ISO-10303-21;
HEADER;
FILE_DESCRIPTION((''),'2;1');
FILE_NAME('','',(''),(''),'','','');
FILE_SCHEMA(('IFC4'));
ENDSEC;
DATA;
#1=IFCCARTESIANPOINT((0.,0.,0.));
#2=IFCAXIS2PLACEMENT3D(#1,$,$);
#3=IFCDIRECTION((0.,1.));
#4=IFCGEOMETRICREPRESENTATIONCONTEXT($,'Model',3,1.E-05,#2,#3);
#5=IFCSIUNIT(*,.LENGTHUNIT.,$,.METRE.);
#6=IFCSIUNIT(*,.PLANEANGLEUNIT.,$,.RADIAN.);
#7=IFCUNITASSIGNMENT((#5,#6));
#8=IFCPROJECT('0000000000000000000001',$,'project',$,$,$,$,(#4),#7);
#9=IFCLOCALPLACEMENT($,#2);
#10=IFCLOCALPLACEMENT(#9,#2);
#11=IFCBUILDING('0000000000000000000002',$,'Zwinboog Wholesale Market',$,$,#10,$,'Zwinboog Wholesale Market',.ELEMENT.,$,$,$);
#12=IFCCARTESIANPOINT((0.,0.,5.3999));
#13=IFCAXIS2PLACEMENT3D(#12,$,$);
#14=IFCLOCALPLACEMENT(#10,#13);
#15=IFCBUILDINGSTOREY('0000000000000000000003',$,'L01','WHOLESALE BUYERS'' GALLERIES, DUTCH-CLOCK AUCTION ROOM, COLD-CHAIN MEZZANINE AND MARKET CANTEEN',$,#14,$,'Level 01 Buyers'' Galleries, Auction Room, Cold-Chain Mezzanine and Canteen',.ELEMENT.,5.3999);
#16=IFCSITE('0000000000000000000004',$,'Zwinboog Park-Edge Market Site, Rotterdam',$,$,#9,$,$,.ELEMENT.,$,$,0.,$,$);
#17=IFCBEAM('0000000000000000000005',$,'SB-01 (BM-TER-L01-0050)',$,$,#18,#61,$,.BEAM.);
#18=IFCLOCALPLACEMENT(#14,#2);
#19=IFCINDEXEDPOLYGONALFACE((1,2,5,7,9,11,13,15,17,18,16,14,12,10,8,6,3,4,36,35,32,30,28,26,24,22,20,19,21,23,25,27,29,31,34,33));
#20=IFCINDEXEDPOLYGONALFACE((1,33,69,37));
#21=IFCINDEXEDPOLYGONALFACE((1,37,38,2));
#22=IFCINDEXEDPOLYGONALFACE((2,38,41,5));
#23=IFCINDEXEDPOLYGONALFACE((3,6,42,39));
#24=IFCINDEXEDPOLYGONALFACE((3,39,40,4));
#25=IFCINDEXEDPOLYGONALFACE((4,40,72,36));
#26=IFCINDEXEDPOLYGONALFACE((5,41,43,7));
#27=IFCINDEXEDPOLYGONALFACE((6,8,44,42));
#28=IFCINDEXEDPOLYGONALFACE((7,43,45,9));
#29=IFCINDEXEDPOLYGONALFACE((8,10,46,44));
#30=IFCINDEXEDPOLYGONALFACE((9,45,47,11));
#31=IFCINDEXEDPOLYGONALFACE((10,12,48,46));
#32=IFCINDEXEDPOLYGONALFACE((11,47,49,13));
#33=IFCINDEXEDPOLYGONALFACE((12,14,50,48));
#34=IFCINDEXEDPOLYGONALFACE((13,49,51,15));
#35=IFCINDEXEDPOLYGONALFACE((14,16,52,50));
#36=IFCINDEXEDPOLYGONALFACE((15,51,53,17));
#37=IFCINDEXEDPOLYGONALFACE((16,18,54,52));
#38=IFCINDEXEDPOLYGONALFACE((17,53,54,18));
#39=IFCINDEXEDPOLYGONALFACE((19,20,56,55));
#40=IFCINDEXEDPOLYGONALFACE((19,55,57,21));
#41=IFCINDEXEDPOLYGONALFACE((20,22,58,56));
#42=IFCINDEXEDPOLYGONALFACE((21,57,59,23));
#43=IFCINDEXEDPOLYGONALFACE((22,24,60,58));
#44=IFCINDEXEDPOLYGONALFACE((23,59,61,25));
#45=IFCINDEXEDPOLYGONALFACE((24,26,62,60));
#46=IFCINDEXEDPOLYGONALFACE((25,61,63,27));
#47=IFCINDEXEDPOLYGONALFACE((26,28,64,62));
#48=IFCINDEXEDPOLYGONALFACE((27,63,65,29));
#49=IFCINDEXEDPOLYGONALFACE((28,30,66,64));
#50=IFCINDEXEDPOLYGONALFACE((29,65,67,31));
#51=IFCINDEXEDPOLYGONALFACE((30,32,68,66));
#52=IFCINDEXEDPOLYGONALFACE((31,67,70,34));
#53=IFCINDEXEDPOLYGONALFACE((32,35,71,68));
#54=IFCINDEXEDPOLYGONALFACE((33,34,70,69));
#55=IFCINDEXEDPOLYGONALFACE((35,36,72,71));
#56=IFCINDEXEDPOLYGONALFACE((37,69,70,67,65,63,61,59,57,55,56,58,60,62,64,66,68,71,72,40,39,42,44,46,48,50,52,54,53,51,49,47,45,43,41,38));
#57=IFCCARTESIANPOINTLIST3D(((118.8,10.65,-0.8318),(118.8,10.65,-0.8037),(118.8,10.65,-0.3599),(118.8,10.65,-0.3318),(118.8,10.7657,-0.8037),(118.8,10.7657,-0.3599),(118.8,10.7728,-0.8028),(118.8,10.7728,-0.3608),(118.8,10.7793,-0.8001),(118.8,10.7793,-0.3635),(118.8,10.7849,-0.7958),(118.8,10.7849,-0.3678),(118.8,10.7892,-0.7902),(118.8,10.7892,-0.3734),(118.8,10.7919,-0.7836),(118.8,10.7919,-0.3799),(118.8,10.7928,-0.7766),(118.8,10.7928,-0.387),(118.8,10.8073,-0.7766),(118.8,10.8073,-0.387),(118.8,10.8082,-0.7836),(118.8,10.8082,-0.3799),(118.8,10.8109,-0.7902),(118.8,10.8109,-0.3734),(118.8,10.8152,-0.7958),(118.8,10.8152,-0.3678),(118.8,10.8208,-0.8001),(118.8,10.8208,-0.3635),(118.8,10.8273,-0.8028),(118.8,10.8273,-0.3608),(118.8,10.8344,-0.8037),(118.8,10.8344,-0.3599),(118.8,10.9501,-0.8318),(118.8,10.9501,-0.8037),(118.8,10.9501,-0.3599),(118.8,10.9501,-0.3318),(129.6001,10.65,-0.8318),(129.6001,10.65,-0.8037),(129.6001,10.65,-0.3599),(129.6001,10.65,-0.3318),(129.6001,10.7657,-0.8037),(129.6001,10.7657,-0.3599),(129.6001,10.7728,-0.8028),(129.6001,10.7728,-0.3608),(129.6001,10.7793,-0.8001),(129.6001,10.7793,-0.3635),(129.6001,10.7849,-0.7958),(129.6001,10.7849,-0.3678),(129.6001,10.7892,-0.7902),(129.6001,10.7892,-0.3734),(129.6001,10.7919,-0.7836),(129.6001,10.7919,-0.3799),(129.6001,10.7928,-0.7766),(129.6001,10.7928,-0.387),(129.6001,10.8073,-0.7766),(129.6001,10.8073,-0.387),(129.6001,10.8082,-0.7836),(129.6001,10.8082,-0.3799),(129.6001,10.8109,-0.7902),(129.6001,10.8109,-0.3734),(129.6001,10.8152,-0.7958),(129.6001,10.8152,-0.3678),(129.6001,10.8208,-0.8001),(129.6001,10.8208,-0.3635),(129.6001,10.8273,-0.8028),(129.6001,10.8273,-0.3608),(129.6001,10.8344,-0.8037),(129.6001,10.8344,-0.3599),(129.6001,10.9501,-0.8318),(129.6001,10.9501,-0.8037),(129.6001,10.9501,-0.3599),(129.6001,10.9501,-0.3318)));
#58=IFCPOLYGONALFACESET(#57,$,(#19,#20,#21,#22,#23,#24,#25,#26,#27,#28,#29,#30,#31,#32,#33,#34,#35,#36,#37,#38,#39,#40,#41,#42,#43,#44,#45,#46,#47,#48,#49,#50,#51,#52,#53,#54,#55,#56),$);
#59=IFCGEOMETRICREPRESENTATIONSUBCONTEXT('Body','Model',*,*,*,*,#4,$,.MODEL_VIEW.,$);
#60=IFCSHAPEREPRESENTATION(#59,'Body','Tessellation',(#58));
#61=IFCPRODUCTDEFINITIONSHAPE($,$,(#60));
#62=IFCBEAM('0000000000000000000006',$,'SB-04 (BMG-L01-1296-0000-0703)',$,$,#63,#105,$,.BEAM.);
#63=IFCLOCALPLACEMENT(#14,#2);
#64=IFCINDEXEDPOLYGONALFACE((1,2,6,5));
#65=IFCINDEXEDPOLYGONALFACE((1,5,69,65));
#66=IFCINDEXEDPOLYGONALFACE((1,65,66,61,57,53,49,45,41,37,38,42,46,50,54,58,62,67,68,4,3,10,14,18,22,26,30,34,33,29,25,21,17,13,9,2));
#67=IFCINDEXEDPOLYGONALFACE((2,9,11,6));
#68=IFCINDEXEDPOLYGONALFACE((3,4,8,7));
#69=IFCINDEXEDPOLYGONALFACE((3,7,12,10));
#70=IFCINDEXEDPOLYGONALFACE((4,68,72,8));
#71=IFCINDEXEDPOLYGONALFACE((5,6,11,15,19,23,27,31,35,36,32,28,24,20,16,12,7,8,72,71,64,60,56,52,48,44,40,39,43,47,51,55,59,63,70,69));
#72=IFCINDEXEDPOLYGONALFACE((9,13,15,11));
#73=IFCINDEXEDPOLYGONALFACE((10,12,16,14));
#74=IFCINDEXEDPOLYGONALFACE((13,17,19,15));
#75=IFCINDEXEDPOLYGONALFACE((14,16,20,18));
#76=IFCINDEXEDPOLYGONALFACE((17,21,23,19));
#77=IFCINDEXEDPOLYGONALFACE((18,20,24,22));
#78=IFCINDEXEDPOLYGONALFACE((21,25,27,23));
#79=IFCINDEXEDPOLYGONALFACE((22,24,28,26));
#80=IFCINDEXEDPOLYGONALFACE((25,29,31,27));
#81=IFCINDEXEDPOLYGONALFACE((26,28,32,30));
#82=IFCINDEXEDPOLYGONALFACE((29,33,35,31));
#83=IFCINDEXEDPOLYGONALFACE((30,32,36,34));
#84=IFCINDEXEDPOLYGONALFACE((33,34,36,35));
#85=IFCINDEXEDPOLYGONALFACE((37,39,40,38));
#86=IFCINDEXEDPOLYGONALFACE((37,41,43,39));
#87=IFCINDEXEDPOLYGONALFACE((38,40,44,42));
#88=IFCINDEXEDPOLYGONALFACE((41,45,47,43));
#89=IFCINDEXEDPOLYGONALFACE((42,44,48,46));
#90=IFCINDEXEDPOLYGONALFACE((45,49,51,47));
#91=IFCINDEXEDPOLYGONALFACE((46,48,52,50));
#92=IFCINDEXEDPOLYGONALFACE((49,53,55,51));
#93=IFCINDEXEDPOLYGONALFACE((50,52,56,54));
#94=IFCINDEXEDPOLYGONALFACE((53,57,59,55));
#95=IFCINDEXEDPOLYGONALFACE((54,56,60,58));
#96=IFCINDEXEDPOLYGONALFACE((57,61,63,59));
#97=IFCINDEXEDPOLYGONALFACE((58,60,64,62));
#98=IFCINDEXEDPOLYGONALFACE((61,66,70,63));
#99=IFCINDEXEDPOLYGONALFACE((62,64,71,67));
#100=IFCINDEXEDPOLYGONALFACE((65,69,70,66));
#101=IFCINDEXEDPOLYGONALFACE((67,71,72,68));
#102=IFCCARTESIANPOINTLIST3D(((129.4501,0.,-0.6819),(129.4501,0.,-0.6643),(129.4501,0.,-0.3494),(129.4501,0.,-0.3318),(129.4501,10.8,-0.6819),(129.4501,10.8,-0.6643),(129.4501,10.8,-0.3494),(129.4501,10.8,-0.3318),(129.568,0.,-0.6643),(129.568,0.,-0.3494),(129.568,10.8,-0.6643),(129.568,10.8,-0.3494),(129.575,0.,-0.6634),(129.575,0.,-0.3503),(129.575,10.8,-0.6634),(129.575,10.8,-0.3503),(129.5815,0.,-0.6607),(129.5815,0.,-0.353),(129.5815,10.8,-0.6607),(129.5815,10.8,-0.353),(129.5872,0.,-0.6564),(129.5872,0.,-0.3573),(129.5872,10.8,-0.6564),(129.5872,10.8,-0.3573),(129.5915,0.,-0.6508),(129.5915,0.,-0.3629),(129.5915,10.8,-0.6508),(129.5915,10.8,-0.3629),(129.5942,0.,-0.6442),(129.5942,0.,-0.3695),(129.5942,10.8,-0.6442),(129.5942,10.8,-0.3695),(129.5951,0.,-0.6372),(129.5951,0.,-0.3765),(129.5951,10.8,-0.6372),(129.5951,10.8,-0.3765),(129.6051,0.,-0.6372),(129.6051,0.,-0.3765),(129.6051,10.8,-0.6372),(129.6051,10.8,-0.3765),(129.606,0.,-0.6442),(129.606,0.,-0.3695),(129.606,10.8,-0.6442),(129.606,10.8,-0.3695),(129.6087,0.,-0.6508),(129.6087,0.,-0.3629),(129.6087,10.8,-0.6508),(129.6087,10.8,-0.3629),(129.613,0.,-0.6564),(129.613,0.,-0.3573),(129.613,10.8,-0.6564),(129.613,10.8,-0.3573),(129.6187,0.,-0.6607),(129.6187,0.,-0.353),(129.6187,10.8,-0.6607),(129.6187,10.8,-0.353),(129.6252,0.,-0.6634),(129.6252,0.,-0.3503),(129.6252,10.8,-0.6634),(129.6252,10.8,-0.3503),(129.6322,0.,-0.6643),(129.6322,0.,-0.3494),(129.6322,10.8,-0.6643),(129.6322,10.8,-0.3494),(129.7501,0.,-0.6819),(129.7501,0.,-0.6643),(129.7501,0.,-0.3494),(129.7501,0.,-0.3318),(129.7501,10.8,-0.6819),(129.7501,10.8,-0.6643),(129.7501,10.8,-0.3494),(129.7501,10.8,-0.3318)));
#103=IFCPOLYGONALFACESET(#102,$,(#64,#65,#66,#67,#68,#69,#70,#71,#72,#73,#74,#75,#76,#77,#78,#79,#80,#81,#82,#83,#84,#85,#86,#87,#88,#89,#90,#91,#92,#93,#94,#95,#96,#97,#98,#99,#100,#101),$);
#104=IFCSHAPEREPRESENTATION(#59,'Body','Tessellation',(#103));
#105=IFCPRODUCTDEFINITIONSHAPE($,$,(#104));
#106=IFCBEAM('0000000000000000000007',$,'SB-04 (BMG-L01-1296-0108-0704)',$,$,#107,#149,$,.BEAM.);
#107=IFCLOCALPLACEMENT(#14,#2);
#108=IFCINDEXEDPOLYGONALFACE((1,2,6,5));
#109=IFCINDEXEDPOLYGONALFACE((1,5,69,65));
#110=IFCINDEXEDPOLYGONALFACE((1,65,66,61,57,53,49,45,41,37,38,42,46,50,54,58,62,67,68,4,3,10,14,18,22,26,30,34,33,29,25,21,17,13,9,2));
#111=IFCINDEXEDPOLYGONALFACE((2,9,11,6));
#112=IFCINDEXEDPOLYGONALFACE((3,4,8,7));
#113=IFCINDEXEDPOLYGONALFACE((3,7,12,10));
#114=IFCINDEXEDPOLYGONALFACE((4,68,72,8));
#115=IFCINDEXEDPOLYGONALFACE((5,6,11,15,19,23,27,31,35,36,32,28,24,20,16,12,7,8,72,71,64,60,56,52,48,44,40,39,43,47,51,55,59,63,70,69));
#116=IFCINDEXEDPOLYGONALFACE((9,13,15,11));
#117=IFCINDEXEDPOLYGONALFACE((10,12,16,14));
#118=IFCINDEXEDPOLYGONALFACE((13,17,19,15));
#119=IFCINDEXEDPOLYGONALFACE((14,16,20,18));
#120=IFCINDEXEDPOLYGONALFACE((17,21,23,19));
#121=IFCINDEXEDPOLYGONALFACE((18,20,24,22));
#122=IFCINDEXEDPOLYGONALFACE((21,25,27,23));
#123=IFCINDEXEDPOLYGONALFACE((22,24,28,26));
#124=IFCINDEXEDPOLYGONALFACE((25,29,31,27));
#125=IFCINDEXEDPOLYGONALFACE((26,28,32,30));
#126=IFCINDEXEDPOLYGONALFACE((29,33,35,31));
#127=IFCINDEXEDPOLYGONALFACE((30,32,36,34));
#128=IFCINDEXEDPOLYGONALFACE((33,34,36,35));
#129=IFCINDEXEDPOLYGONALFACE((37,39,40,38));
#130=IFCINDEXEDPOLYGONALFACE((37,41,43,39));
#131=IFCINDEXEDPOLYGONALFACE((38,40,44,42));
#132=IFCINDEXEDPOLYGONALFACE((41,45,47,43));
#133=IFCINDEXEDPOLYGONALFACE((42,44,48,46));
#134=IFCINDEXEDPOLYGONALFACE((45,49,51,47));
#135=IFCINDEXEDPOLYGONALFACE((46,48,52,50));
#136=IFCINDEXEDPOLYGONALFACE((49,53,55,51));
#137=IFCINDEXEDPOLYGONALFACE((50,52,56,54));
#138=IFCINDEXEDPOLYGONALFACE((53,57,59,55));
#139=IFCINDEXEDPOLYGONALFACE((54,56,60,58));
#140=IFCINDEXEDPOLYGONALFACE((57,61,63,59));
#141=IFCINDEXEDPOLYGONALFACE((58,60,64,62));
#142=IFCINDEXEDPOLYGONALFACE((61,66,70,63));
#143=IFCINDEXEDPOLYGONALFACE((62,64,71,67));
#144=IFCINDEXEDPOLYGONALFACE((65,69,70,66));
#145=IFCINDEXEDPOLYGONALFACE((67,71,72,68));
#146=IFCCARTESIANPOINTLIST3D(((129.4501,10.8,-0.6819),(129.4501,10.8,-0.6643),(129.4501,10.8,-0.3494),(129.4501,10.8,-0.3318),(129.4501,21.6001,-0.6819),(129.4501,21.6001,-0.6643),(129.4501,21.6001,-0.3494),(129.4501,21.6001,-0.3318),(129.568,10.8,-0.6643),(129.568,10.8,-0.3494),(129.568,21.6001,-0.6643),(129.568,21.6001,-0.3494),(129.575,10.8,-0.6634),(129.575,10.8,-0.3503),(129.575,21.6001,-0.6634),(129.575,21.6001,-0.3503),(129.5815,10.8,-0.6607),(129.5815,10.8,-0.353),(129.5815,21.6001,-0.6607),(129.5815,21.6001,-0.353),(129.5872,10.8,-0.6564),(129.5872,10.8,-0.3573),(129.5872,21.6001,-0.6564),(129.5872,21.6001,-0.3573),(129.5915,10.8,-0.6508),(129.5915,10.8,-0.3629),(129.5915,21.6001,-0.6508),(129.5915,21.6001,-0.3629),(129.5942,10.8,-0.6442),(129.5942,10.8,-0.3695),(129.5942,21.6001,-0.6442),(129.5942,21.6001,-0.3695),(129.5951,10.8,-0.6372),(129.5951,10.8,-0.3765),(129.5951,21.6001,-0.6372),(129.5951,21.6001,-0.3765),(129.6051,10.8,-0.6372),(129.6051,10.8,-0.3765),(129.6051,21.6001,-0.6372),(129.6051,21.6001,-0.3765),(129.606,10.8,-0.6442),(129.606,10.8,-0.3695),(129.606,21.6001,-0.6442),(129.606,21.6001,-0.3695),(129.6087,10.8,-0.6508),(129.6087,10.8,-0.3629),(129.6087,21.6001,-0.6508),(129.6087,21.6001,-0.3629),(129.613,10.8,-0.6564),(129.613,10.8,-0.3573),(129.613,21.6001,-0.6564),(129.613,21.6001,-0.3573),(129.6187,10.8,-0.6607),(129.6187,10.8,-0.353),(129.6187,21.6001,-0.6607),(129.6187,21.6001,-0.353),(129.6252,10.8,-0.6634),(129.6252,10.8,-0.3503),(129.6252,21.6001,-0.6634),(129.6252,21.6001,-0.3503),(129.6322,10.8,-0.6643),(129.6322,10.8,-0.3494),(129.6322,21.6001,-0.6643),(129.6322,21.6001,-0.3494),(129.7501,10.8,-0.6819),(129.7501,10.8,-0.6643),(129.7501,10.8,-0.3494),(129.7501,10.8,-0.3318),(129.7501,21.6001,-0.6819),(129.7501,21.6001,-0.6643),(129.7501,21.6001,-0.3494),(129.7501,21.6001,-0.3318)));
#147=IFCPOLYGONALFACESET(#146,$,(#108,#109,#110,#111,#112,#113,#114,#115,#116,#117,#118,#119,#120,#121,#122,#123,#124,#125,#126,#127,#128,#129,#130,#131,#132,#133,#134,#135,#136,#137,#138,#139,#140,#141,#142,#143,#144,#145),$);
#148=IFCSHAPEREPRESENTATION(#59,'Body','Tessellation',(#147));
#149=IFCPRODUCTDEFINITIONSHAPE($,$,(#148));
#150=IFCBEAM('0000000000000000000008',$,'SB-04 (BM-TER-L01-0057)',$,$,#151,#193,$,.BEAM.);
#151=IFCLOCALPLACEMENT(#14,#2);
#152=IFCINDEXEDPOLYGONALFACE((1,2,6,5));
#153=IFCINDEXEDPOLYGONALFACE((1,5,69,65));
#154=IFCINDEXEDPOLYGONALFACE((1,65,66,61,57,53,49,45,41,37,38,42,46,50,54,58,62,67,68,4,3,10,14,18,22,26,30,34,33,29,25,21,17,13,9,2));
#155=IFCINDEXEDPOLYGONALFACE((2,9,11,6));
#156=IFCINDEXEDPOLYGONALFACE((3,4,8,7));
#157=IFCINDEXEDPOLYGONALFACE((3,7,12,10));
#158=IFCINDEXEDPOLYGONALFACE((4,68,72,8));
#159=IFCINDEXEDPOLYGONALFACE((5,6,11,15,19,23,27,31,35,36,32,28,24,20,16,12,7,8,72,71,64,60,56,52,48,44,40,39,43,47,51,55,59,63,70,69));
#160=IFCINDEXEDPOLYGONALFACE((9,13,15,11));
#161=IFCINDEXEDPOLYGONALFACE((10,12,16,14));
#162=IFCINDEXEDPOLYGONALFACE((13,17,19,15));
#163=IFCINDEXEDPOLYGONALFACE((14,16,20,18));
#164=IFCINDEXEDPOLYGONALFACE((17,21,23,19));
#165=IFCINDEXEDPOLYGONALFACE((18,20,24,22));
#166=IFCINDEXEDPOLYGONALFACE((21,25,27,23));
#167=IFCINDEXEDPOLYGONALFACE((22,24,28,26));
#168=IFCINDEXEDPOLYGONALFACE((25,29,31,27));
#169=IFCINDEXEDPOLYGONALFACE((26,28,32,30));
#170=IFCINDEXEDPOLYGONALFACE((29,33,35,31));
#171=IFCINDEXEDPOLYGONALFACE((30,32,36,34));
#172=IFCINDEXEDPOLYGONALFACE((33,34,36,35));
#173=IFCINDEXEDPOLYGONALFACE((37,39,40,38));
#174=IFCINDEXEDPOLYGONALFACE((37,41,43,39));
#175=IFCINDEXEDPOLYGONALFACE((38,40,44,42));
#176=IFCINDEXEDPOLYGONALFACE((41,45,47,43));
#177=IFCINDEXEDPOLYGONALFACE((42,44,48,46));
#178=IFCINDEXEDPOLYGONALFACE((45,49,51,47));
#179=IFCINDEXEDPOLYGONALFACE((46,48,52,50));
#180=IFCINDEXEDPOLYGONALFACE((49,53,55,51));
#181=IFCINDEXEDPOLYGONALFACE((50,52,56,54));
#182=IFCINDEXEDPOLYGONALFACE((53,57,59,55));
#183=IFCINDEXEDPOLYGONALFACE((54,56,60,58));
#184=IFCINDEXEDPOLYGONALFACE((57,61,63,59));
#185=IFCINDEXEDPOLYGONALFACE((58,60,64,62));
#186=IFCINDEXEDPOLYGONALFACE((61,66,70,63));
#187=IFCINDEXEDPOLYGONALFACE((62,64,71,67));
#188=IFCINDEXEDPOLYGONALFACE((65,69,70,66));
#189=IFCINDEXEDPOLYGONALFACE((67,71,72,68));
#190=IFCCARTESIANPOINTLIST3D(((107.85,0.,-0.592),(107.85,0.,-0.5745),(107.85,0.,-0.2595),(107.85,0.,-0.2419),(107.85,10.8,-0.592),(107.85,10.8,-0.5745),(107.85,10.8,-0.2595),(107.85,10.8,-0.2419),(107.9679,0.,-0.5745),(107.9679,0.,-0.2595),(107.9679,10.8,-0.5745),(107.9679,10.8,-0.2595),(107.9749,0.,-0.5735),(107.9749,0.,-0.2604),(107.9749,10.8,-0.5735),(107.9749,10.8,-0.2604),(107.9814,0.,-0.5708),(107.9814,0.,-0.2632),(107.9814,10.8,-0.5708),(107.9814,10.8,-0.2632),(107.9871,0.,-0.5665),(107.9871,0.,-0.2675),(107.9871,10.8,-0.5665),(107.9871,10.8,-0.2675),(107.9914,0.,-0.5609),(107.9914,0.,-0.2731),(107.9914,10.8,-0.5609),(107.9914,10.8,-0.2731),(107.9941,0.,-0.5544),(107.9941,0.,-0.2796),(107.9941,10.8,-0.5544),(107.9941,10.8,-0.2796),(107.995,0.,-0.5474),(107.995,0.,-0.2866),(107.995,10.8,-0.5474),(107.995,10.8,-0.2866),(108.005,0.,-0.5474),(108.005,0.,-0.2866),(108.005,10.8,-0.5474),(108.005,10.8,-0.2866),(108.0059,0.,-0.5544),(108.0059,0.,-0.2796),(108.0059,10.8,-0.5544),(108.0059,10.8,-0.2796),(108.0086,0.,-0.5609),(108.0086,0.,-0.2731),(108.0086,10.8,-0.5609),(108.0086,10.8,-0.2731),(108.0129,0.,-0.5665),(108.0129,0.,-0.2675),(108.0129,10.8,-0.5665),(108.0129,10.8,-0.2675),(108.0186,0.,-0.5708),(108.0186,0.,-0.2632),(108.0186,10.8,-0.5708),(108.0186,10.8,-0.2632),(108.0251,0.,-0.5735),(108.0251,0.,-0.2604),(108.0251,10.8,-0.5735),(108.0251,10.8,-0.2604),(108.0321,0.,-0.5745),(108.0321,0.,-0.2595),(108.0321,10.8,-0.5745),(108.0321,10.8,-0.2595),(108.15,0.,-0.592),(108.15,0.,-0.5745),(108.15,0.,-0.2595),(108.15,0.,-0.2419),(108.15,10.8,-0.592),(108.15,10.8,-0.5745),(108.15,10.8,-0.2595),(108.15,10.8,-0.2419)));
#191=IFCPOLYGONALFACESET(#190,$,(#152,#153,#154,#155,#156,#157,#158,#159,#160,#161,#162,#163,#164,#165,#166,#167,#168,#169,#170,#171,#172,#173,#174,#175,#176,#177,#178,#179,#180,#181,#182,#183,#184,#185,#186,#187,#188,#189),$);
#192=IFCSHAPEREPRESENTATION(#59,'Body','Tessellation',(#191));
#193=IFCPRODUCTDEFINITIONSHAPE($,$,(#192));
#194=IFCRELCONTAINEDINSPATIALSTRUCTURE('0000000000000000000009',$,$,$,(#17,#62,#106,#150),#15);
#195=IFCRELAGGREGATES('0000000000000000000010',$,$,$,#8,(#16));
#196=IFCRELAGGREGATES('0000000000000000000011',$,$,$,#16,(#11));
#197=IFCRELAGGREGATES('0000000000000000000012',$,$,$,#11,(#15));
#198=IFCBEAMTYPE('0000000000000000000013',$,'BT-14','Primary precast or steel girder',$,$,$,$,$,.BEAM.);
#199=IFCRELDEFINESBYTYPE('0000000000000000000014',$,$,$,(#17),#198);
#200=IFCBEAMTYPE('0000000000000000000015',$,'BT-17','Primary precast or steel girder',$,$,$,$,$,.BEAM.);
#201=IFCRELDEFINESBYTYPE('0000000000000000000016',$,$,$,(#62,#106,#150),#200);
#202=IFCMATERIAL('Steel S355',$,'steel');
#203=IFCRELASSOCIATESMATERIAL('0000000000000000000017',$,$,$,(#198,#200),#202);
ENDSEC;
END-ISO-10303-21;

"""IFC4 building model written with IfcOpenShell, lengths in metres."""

from ifc_helpers import new_model, si_unit, direction, frame, origin, origin_2d, place, context, subcontext, project, spatial, i_section, extrude, material, material_profile, profile_set, type_object, element, save


model = new_model("IFC4")

# Units and contexts
model_context = context("Model", 3, precision=1e-05, world=origin(), true_north=direction((0.0, 1.0)))
body_context = subcontext(model_context, "Body", "Model", "MODEL_VIEW")
ifc_project = project(units=[si_unit("LENGTHUNIT", "METRE"), si_unit("PLANEANGLEUNIT", "RADIAN")], contexts=[model_context])

# Site, building, storey
site_placement = place(None, origin())
site = spatial("IfcSite", under=ifc_project, at=site_placement, Name="Zwinboog Park-Edge Market Site, Rotterdam", CompositionType="ELEMENT", RefElevation=0.0)
building_placement = place(site_placement, origin())
building = spatial("IfcBuilding", under=site, at=building_placement, Name="Zwinboog Wholesale Market", LongName="Zwinboog Wholesale Market", CompositionType="ELEMENT")
storey_placement = place(building_placement, frame((0.0, 0.0, 5.3999)))
storey = spatial("IfcBuildingStorey", under=building, at=storey_placement, Name="L01", Description="WHOLESALE BUYERS' GALLERIES, DUTCH-CLOCK AUCTION ROOM, COLD-CHAIN MEZZANINE AND MARKET CANTEEN", LongName="Level 01 Buyers' Galleries, Auction Room, Cold-Chain Mezzanine and Canteen", CompositionType="ELEMENT", Elevation=5.3999)

# Beams
ifc_material_1 = material(Name="Steel S355", Category="steel")
ifc_material_profile_1 = material_profile(ifc_material_1, i_section(OverallWidth=0.3, OverallDepth=0.5, WebThickness=0.0144, FlangeThickness=0.0281, FilletRadius=0.0271, at=origin_2d()), Name="HEB 500")
ifc_profile_set_1 = profile_set([ifc_material_profile_1], Name="Steel S355")
beam_type_1 = type_object("IfcBeamType", Name="BT-14", Description="Primary precast or steel girder", PredefinedType="BEAM", material=ifc_profile_set_1)
for number, where, z_axis, x_axis, name in (
    (1, (118.8, 10.8, -0.5818), (1.0, 0.0, 0.0), (0.0, 1.0, 0.0), "SB-01 (BM-TER-L01-0050)"),
):
    element("IfcBeam", number, at=place(storey_placement, frame(where, z_axis=z_axis, x_axis=x_axis)), inside=storey, type_object=beam_type_1, Name=name, PredefinedType="BEAM", context=body_context, shape_type="SweptSolid", body=[
        extrude(i_section(OverallWidth=0.3, OverallDepth=0.5, WebThickness=0.0144, FlangeThickness=0.0281, FilletRadius=0.0271, at=origin_2d()), origin(), (0.0, 0.0, 1.0), 10.8),
    ])
ifc_material_profile_2 = material_profile(ifc_material_1, i_section(OverallWidth=0.3, OverallDepth=0.3501, WebThickness=0.01, FlangeThickness=0.0176, FilletRadius=0.0271, at=origin_2d()), Name="HEA 360")
ifc_profile_set_2 = profile_set([ifc_material_profile_2], Name="Steel S355")
beam_type_2 = type_object("IfcBeamType", Name="BT-17", Description="Primary precast or steel girder", PredefinedType="BEAM", material=ifc_profile_set_2)
for number, where, z_axis, x_axis, name in (
    (2, (129.6001, 0.0, -0.5068), (0.0, 1.0, 0.0), (-1.0, 0.0, 0.0), "SB-04 (BMG-L01-1296-0000-0703)"),
    (3, (129.6001, 10.8, -0.5068), (0.0, 1.0, 0.0), (-1.0, 0.0, 0.0), "SB-04 (BMG-L01-1296-0108-0704)"),
    (4, (108.0, 0.0, -0.417), (0.0, 1.0, 0.0), (-1.0, 0.0, 0.0), "SB-04 (BM-TER-L01-0057)"),
):
    element("IfcBeam", number, at=place(storey_placement, frame(where, z_axis=z_axis, x_axis=x_axis)), inside=storey, type_object=beam_type_2, Name=name, PredefinedType="BEAM", context=body_context, shape_type="SweptSolid", body=[
        extrude(i_section(OverallWidth=0.3, OverallDepth=0.3501, WebThickness=0.01, FlangeThickness=0.0176, FilletRadius=0.0271, at=origin_2d()), origin(), (0.0, 0.0, 1.0), 10.8),
    ])

save(model, "model.ifc")
